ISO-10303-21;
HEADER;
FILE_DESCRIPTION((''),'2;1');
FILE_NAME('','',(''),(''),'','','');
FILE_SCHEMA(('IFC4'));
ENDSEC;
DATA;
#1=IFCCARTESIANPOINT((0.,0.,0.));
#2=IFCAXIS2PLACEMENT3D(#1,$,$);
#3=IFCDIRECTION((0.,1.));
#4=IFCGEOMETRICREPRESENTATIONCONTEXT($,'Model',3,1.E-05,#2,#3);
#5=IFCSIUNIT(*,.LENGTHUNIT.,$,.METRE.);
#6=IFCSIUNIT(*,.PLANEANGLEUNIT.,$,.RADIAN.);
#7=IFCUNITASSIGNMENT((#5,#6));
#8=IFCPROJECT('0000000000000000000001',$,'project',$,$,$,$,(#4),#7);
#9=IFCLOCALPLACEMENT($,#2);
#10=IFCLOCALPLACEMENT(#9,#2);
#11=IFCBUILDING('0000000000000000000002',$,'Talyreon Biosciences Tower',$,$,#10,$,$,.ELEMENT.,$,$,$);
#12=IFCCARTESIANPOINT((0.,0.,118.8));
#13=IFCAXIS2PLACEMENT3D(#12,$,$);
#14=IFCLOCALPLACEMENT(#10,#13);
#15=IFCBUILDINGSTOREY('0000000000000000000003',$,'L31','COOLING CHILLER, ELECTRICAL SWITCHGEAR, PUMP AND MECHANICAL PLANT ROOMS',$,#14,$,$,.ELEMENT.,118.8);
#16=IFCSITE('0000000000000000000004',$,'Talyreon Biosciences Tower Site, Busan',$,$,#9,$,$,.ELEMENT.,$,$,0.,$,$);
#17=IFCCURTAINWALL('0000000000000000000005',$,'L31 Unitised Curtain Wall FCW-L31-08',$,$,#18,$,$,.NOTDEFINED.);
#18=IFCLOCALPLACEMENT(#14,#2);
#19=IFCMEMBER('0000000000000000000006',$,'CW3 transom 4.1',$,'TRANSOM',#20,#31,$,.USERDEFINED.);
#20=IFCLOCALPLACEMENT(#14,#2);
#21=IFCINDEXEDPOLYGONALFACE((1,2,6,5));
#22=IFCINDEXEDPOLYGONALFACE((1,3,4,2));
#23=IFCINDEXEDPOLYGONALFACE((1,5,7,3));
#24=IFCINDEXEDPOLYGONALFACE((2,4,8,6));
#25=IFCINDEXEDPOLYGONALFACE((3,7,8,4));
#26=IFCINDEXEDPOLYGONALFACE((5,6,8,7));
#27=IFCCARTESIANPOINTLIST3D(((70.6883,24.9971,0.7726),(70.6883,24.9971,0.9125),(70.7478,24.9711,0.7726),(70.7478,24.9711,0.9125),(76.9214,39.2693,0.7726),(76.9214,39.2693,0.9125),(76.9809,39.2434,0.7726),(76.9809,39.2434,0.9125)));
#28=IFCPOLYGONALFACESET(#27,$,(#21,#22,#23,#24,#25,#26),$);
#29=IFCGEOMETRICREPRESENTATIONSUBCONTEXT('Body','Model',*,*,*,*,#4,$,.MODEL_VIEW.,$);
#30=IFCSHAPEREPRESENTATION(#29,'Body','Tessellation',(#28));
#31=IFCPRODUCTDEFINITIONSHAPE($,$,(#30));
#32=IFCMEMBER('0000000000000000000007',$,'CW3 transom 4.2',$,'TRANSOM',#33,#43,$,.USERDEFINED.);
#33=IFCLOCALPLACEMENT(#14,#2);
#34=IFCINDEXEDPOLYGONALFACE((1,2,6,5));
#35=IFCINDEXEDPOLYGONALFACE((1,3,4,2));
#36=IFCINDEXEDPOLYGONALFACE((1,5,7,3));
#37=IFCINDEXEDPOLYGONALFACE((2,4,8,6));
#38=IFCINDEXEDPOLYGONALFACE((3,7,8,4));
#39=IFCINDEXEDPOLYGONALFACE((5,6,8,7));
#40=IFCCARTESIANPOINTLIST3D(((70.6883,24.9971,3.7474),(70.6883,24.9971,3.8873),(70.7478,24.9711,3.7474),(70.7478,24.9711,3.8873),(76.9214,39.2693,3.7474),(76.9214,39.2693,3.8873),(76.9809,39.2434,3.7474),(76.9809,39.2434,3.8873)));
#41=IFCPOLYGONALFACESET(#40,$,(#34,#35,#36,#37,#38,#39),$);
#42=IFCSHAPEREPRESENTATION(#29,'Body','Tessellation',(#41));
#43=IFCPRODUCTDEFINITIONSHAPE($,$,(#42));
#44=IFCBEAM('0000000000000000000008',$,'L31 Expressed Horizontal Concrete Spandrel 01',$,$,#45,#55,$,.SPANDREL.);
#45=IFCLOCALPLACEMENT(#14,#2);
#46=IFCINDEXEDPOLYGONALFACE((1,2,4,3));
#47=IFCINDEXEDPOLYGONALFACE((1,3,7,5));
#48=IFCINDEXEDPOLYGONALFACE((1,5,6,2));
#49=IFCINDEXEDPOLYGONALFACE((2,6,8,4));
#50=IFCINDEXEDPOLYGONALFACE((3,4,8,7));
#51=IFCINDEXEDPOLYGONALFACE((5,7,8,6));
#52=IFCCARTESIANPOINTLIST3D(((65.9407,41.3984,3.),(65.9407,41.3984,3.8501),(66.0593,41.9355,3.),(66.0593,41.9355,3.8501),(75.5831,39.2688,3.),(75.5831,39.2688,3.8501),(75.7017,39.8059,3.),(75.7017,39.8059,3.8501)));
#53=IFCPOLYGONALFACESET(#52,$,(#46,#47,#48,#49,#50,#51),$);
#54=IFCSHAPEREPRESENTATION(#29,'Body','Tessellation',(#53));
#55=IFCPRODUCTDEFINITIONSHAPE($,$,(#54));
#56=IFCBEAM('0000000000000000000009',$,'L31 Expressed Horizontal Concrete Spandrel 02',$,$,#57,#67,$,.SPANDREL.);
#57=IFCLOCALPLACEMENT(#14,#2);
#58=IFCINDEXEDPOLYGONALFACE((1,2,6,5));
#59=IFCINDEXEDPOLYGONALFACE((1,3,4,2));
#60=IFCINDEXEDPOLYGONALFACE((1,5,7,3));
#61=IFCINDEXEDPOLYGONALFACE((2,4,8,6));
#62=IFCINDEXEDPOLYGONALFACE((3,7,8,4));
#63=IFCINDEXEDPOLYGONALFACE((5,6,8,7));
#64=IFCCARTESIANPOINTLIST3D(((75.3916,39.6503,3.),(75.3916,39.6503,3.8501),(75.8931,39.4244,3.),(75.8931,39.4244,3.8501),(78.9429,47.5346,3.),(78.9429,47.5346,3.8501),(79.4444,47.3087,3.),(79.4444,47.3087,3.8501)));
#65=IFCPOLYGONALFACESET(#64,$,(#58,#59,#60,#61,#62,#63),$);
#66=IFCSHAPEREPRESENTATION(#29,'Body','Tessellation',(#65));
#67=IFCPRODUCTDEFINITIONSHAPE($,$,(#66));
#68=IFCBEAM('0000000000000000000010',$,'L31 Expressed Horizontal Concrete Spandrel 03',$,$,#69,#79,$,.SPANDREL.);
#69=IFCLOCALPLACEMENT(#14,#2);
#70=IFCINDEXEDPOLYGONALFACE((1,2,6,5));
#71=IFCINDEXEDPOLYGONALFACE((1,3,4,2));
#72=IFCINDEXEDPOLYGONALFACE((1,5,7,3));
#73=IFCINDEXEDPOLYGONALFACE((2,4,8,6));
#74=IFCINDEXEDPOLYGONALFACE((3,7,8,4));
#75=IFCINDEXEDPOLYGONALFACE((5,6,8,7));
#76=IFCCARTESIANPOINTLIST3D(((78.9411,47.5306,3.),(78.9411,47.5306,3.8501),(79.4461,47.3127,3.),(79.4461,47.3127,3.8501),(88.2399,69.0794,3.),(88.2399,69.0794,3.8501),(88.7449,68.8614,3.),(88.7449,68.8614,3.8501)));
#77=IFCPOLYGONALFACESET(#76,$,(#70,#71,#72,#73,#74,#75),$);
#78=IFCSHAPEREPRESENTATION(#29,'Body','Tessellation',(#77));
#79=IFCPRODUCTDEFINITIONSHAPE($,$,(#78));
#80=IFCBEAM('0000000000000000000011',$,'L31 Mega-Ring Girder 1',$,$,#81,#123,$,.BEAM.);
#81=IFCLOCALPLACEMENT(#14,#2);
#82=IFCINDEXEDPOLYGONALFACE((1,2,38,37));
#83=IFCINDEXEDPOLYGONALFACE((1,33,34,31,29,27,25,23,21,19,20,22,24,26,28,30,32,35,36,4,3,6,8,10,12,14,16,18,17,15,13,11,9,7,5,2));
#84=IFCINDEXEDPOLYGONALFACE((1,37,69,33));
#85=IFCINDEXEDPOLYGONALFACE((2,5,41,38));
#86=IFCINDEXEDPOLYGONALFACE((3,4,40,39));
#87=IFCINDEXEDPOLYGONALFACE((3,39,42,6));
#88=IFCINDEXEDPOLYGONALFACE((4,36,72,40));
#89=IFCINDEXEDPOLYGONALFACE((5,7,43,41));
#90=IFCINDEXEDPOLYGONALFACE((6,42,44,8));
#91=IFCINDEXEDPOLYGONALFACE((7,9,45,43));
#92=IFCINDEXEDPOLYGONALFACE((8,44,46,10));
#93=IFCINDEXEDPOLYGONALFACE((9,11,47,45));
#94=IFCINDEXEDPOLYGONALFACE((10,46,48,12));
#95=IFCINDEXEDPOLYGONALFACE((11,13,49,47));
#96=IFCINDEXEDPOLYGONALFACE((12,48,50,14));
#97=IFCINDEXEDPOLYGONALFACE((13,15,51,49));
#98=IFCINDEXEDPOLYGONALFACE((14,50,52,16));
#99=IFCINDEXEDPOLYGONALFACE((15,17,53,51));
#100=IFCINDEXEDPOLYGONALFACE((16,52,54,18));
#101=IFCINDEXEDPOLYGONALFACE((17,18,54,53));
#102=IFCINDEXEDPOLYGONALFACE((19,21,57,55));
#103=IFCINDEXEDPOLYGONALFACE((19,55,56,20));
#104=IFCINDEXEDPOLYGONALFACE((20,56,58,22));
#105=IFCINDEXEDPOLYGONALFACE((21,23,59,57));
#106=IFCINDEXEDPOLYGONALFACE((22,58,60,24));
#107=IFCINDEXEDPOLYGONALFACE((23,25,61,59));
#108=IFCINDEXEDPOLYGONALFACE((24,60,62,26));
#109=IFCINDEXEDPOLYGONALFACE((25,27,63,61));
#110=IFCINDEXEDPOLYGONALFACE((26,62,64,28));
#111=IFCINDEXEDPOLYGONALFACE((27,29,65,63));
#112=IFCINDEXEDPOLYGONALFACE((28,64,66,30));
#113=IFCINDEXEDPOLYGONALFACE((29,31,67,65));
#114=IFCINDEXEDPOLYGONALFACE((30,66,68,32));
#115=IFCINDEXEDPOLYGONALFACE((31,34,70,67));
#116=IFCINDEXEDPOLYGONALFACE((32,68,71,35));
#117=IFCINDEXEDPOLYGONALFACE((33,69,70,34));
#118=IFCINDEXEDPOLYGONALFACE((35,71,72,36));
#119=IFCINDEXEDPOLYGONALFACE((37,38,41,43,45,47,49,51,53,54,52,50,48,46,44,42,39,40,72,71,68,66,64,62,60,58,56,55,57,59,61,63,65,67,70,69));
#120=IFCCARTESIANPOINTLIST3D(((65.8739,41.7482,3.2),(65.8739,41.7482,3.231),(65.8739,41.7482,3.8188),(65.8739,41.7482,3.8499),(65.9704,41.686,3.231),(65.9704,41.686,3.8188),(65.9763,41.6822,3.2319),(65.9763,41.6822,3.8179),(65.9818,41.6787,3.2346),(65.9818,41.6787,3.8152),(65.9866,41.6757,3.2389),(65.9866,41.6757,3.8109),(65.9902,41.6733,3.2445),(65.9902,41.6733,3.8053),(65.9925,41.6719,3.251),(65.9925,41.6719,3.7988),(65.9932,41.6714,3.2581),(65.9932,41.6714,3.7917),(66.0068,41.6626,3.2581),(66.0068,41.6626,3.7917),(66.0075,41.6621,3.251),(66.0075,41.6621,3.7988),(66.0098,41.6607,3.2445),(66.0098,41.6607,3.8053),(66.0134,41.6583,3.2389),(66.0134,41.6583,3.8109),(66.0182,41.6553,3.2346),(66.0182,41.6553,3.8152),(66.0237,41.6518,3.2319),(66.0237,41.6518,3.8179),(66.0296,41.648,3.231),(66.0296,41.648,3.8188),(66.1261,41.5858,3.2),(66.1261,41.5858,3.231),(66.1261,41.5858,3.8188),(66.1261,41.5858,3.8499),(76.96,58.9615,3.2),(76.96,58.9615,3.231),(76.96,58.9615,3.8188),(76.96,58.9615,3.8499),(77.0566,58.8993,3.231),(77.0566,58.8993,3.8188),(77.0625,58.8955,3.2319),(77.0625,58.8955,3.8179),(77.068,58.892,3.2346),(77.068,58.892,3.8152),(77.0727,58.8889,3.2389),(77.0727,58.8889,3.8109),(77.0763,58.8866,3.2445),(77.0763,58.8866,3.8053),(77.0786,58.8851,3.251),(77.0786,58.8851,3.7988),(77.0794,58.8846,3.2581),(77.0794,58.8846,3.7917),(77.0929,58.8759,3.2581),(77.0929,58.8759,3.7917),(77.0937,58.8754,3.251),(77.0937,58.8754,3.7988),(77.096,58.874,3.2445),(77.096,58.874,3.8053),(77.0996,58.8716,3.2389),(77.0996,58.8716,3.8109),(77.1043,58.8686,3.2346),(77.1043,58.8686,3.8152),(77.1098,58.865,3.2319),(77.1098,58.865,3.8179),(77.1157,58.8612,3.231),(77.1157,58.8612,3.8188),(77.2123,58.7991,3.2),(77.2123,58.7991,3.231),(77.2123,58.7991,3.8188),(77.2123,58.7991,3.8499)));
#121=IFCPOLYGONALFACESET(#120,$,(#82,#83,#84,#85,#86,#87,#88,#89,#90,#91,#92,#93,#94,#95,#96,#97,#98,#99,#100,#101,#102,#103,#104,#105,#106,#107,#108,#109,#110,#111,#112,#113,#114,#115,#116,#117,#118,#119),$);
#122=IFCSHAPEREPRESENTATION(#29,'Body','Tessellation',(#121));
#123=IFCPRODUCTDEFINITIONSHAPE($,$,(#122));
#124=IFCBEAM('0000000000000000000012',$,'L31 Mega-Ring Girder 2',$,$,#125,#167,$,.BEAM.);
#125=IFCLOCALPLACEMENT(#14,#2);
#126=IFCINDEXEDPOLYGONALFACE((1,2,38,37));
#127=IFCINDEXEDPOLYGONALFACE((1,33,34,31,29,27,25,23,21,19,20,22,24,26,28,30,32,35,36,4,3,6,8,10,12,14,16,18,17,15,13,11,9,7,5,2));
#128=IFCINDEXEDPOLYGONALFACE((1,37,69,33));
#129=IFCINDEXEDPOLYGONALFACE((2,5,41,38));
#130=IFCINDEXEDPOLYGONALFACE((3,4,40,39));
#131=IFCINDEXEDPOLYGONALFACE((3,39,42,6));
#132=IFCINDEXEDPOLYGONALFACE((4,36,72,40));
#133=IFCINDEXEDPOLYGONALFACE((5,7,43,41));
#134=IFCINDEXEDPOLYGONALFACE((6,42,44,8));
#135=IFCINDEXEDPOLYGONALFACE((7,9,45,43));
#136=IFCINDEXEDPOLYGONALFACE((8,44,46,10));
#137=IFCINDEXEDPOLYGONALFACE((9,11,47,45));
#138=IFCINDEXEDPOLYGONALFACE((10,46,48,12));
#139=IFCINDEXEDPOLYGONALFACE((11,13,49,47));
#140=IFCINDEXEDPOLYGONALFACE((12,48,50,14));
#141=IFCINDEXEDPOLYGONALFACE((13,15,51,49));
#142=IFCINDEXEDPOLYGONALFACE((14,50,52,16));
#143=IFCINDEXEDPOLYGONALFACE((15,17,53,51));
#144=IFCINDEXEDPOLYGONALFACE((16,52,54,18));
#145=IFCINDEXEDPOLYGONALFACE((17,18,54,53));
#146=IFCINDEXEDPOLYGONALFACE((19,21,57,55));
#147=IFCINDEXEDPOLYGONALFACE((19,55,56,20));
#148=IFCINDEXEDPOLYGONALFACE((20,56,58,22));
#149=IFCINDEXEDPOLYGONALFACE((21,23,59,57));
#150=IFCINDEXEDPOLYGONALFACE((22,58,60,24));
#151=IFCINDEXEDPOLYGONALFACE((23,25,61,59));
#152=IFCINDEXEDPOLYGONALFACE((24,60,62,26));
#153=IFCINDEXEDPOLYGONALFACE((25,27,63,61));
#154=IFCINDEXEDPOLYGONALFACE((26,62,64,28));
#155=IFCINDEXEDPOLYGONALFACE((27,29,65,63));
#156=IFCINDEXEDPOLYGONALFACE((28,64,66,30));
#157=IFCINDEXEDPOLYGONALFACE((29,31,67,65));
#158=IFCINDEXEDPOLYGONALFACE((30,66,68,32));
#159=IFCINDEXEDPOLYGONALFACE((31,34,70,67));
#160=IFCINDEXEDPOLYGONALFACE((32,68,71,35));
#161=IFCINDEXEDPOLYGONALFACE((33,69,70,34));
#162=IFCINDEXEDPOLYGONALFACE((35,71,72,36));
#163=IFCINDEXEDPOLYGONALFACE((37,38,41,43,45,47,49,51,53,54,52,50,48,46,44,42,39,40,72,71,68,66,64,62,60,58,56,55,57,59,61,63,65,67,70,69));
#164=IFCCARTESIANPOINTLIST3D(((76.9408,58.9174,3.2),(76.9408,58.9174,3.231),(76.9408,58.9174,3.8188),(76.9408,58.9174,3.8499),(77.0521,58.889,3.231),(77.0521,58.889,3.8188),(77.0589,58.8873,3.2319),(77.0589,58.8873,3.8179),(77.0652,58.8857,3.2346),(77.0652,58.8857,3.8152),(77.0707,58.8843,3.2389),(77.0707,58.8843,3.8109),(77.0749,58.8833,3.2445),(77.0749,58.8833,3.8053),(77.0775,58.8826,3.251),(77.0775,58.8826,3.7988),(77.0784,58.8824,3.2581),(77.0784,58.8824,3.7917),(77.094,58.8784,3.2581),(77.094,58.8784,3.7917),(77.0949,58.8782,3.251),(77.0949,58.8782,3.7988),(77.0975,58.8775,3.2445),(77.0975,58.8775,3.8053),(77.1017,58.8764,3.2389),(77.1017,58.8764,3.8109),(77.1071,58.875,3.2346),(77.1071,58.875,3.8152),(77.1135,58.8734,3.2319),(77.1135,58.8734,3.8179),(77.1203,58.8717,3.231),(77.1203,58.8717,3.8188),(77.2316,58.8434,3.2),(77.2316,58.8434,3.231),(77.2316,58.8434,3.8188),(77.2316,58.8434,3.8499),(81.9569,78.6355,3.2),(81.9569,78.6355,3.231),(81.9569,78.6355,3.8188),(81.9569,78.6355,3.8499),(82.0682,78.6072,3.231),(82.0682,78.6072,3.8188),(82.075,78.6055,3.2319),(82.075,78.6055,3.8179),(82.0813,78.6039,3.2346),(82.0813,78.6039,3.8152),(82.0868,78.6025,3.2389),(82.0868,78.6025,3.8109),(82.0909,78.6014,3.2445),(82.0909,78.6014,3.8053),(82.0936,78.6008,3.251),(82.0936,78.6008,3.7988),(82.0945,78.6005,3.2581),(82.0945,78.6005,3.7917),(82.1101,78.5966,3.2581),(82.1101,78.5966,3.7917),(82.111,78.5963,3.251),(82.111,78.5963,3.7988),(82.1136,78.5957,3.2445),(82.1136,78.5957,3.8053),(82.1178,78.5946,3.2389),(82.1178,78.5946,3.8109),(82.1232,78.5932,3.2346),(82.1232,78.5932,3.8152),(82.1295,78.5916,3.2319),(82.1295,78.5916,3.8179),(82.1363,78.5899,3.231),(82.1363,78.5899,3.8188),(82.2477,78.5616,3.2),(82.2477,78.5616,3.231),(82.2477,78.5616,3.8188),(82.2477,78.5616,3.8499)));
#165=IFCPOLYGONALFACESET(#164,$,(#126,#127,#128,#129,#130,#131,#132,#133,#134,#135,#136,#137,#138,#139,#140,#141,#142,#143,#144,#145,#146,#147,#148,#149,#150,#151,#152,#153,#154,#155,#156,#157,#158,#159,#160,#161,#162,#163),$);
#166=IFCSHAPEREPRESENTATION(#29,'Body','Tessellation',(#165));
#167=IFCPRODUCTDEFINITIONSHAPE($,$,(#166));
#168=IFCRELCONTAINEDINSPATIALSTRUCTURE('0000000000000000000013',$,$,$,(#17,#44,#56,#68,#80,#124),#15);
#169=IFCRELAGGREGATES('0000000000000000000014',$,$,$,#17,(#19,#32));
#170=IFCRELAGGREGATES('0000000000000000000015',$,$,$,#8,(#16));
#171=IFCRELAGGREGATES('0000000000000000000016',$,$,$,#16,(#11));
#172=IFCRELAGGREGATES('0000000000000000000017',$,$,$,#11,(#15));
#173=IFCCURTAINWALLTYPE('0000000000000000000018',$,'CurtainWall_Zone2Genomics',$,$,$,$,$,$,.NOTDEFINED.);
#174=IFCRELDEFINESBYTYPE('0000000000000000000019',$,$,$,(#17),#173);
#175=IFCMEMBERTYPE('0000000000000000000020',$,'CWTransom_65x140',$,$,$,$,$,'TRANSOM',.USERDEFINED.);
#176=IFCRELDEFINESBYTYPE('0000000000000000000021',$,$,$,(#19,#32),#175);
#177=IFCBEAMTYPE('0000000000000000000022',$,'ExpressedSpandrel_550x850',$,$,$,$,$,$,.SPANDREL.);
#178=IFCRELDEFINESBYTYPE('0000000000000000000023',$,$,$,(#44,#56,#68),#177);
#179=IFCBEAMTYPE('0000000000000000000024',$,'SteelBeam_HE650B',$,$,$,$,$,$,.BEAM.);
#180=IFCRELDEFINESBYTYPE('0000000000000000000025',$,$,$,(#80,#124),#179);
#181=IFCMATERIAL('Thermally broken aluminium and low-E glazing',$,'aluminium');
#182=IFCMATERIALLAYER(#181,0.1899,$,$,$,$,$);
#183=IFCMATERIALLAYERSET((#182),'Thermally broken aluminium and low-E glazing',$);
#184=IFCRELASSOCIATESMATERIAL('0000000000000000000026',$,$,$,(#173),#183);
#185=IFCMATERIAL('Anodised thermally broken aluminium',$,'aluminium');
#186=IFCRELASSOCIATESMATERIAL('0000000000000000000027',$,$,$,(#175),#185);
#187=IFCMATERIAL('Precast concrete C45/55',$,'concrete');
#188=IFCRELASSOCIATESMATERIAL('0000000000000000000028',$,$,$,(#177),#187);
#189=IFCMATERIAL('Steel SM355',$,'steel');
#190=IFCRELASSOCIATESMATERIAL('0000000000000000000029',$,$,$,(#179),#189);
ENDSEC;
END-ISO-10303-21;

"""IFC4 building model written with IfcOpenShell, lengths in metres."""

from ifc_helpers import new_model, si_unit, direction, frame, origin, origin_2d, place, context, subcontext, project, spatial, rectangle, i_section, extrude, material, layer, layer_set, material_profile, profile_set, type_object, element, aggregate, save


model = new_model("IFC4")

# Units and contexts
model_context = context("Model", 3, precision=1e-05, world=origin(), true_north=direction((0.0, 1.0)))
body_context = subcontext(model_context, "Body", "Model", "MODEL_VIEW")
ifc_project = project(units=[si_unit("LENGTHUNIT", "METRE"), si_unit("PLANEANGLEUNIT", "RADIAN")], contexts=[model_context])

# Site, building, storey
site_placement = place(None, origin())
site = spatial("IfcSite", under=ifc_project, at=site_placement, Name="Talyreon Biosciences Tower Site, Busan", CompositionType="ELEMENT", RefElevation=0.0)
building_placement = place(site_placement, origin())
building = spatial("IfcBuilding", under=site, at=building_placement, Name="Talyreon Biosciences Tower", CompositionType="ELEMENT")
storey_placement = place(building_placement, frame((0.0, 0.0, 118.8)))
storey = spatial("IfcBuildingStorey", under=building, at=storey_placement, Name="L31", Description="COOLING CHILLER, ELECTRICAL SWITCHGEAR, PUMP AND MECHANICAL PLANT ROOMS", CompositionType="ELEMENT", Elevation=118.8)

# Shared definitions
ifc_material_1 = material(Name="Precast concrete C45/55", Category="concrete")

# Shared definitions
ifc_material_2 = material(Name="Steel SM355", Category="steel")

# Curtain wall, members
ifc_material_3 = material(Name="Thermally broken aluminium and low-E glazing", Category="aluminium")
ifc_layer_1 = layer(ifc_material_3, 0.1899)
ifc_layer_set_1 = layer_set([ifc_layer_1], Name="Thermally broken aluminium and low-E glazing")
curtain_wall_type = type_object("IfcCurtainWallType", Name="CurtainWall_Zone2Genomics", PredefinedType="NOTDEFINED", material=ifc_layer_set_1)
curtain_wall_placement = place(storey_placement, origin())
curtain_wall = element("IfcCurtainWall", 1, at=curtain_wall_placement, inside=storey, type_object=curtain_wall_type, Name="L31 Unitised Curtain Wall FCW-L31-08", PredefinedType="NOTDEFINED")
ifc_material_4 = material(Name="Anodised thermally broken aluminium", Category="aluminium")
ifc_material_profile_1 = material_profile(ifc_material_4, rectangle(XDim=0.0649, YDim=0.1399, at=origin_2d()), Name="ALUM TRANSOM 65x140")
ifc_profile_set_1 = profile_set([ifc_material_profile_1], Name="Anodised thermally broken aluminium")
member_type_1 = type_object("IfcMemberType", Name="CWTransom_65x140", ElementType="TRANSOM", PredefinedType="USERDEFINED", material=ifc_profile_set_1)
member_1_placement = place(storey_placement, frame((76.9512, 39.2563, 0.8425), z_axis=(-0.400229, -0.916415, 0.0), x_axis=(0.916415, -0.400229, 0.0)))
member_1 = element("IfcMember", 2, at=member_1_placement, type_object=member_type_1, Name="CW3 transom 4.1", ObjectType="TRANSOM", PredefinedType="USERDEFINED", context=body_context, shape_type="SweptSolid", body=[
    extrude(rectangle(XDim=0.0649, YDim=0.1399, at=origin_2d()), origin(), (0.0, 0.0, 1.0), 15.574),
])
member_2_placement = place(storey_placement, frame((76.9512, 39.2563, 3.8174), z_axis=(-0.400229, -0.916415, 0.0), x_axis=(0.916415, -0.400229, 0.0)))
member_2 = element("IfcMember", 3, at=member_2_placement, type_object=member_type_1, Name="CW3 transom 4.2", ObjectType="TRANSOM", PredefinedType="USERDEFINED", context=body_context, shape_type="SweptSolid", body=[
    extrude(rectangle(XDim=0.0649, YDim=0.1399, at=origin_2d()), origin(), (0.0, 0.0, 1.0), 15.574),
])

# Beams
ifc_material_profile_2 = material_profile(ifc_material_1, rectangle(XDim=0.55, YDim=0.8501, at=origin_2d()), Name="RCB 550x850")
ifc_profile_set_2 = profile_set([ifc_material_profile_2], Name="Precast concrete C45/55")
beam_type_1 = type_object("IfcBeamType", Name="ExpressedSpandrel_550x850", PredefinedType="SPANDREL", material=ifc_profile_set_2)
beam_1_placement = place(storey_placement, frame((66.0, 41.667, 3.425), z_axis=(0.976467, -0.215666, 0.0), x_axis=(0.215666, 0.976467, 0.0)))
element("IfcBeam", 4, at=beam_1_placement, inside=storey, type_object=beam_type_1, Name="L31 Expressed Horizontal Concrete Spandrel 01", PredefinedType="SPANDREL", context=body_context, shape_type="SweptSolid", body=[
    extrude(rectangle(XDim=0.55, YDim=0.8501, at=origin_2d()), origin(), (0.0, 0.0, 1.0), 9.8748),
])
beam_2_placement = place(storey_placement, frame((75.6423, 39.5374, 3.425), z_axis=(0.410686, 0.911777, 0.0), x_axis=(-0.911777, 0.410686, 0.0)))
element("IfcBeam", 5, at=beam_2_placement, inside=storey, type_object=beam_type_1, Name="L31 Expressed Horizontal Concrete Spandrel 02", PredefinedType="SPANDREL", context=body_context, shape_type="SweptSolid", body=[
    extrude(rectangle(XDim=0.55, YDim=0.8501, at=origin_2d()), origin(), (0.0, 0.0, 1.0), 8.6472),
])
beam_3_placement = place(storey_placement, frame((79.1936, 47.4216, 3.425), z_axis=(0.396208, 0.918161, 0.0), x_axis=(-0.918161, 0.396208, 0.0)))
element("IfcBeam", 6, at=beam_3_placement, inside=storey, type_object=beam_type_1, Name="L31 Expressed Horizontal Concrete Spandrel 03", PredefinedType="SPANDREL", context=body_context, shape_type="SweptSolid", body=[
    extrude(rectangle(XDim=0.55, YDim=0.8501, at=origin_2d()), origin(), (0.0, 0.0, 1.0), 23.4695),
])
ifc_material_profile_3 = material_profile(ifc_material_2, i_section(OverallWidth=0.3, OverallDepth=0.6499, WebThickness=0.0161, FlangeThickness=0.031, FilletRadius=0.0271, at=origin_2d()), Name="HE650B")
ifc_profile_set_3 = profile_set([ifc_material_profile_3], Name="Steel SM355")
beam_type_2 = type_object("IfcBeamType", Name="SteelBeam_HE650B", PredefinedType="BEAM", material=ifc_profile_set_3)
beam_4_placement = place(storey_placement, frame((66.0, 41.667, 3.5249), z_axis=(0.541464, 0.840724, 0.0), x_axis=(-0.840724, 0.541464, 0.0)))
element("IfcBeam", 7, at=beam_4_placement, inside=storey, type_object=beam_type_2, Name="L31 Mega-Ring Girder 1", PredefinedType="BEAM", context=body_context, shape_type="SweptSolid", body=[
    extrude(i_section(OverallWidth=0.3, OverallDepth=0.6499, WebThickness=0.0161, FlangeThickness=0.031, FilletRadius=0.0271, at=origin_2d()), origin(), (0.0, 0.0, 1.0), 20.4744),
])
beam_5_placement = place(storey_placement, frame((77.0862, 58.8804, 3.5249), z_axis=(0.246537, 0.969133, 0.0), x_axis=(-0.969133, 0.246537, 0.0)))
element("IfcBeam", 8, at=beam_5_placement, inside=storey, type_object=beam_type_2, Name="L31 Mega-Ring Girder 2", PredefinedType="BEAM", context=body_context, shape_type="SweptSolid", body=[
    extrude(i_section(OverallWidth=0.3, OverallDepth=0.6499, WebThickness=0.0161, FlangeThickness=0.031, FilletRadius=0.0271, at=origin_2d()), origin(), (0.0, 0.0, 1.0), 20.3462),
])

aggregate(curtain_wall, [member_1, member_2])

save(model, "model.ifc")
